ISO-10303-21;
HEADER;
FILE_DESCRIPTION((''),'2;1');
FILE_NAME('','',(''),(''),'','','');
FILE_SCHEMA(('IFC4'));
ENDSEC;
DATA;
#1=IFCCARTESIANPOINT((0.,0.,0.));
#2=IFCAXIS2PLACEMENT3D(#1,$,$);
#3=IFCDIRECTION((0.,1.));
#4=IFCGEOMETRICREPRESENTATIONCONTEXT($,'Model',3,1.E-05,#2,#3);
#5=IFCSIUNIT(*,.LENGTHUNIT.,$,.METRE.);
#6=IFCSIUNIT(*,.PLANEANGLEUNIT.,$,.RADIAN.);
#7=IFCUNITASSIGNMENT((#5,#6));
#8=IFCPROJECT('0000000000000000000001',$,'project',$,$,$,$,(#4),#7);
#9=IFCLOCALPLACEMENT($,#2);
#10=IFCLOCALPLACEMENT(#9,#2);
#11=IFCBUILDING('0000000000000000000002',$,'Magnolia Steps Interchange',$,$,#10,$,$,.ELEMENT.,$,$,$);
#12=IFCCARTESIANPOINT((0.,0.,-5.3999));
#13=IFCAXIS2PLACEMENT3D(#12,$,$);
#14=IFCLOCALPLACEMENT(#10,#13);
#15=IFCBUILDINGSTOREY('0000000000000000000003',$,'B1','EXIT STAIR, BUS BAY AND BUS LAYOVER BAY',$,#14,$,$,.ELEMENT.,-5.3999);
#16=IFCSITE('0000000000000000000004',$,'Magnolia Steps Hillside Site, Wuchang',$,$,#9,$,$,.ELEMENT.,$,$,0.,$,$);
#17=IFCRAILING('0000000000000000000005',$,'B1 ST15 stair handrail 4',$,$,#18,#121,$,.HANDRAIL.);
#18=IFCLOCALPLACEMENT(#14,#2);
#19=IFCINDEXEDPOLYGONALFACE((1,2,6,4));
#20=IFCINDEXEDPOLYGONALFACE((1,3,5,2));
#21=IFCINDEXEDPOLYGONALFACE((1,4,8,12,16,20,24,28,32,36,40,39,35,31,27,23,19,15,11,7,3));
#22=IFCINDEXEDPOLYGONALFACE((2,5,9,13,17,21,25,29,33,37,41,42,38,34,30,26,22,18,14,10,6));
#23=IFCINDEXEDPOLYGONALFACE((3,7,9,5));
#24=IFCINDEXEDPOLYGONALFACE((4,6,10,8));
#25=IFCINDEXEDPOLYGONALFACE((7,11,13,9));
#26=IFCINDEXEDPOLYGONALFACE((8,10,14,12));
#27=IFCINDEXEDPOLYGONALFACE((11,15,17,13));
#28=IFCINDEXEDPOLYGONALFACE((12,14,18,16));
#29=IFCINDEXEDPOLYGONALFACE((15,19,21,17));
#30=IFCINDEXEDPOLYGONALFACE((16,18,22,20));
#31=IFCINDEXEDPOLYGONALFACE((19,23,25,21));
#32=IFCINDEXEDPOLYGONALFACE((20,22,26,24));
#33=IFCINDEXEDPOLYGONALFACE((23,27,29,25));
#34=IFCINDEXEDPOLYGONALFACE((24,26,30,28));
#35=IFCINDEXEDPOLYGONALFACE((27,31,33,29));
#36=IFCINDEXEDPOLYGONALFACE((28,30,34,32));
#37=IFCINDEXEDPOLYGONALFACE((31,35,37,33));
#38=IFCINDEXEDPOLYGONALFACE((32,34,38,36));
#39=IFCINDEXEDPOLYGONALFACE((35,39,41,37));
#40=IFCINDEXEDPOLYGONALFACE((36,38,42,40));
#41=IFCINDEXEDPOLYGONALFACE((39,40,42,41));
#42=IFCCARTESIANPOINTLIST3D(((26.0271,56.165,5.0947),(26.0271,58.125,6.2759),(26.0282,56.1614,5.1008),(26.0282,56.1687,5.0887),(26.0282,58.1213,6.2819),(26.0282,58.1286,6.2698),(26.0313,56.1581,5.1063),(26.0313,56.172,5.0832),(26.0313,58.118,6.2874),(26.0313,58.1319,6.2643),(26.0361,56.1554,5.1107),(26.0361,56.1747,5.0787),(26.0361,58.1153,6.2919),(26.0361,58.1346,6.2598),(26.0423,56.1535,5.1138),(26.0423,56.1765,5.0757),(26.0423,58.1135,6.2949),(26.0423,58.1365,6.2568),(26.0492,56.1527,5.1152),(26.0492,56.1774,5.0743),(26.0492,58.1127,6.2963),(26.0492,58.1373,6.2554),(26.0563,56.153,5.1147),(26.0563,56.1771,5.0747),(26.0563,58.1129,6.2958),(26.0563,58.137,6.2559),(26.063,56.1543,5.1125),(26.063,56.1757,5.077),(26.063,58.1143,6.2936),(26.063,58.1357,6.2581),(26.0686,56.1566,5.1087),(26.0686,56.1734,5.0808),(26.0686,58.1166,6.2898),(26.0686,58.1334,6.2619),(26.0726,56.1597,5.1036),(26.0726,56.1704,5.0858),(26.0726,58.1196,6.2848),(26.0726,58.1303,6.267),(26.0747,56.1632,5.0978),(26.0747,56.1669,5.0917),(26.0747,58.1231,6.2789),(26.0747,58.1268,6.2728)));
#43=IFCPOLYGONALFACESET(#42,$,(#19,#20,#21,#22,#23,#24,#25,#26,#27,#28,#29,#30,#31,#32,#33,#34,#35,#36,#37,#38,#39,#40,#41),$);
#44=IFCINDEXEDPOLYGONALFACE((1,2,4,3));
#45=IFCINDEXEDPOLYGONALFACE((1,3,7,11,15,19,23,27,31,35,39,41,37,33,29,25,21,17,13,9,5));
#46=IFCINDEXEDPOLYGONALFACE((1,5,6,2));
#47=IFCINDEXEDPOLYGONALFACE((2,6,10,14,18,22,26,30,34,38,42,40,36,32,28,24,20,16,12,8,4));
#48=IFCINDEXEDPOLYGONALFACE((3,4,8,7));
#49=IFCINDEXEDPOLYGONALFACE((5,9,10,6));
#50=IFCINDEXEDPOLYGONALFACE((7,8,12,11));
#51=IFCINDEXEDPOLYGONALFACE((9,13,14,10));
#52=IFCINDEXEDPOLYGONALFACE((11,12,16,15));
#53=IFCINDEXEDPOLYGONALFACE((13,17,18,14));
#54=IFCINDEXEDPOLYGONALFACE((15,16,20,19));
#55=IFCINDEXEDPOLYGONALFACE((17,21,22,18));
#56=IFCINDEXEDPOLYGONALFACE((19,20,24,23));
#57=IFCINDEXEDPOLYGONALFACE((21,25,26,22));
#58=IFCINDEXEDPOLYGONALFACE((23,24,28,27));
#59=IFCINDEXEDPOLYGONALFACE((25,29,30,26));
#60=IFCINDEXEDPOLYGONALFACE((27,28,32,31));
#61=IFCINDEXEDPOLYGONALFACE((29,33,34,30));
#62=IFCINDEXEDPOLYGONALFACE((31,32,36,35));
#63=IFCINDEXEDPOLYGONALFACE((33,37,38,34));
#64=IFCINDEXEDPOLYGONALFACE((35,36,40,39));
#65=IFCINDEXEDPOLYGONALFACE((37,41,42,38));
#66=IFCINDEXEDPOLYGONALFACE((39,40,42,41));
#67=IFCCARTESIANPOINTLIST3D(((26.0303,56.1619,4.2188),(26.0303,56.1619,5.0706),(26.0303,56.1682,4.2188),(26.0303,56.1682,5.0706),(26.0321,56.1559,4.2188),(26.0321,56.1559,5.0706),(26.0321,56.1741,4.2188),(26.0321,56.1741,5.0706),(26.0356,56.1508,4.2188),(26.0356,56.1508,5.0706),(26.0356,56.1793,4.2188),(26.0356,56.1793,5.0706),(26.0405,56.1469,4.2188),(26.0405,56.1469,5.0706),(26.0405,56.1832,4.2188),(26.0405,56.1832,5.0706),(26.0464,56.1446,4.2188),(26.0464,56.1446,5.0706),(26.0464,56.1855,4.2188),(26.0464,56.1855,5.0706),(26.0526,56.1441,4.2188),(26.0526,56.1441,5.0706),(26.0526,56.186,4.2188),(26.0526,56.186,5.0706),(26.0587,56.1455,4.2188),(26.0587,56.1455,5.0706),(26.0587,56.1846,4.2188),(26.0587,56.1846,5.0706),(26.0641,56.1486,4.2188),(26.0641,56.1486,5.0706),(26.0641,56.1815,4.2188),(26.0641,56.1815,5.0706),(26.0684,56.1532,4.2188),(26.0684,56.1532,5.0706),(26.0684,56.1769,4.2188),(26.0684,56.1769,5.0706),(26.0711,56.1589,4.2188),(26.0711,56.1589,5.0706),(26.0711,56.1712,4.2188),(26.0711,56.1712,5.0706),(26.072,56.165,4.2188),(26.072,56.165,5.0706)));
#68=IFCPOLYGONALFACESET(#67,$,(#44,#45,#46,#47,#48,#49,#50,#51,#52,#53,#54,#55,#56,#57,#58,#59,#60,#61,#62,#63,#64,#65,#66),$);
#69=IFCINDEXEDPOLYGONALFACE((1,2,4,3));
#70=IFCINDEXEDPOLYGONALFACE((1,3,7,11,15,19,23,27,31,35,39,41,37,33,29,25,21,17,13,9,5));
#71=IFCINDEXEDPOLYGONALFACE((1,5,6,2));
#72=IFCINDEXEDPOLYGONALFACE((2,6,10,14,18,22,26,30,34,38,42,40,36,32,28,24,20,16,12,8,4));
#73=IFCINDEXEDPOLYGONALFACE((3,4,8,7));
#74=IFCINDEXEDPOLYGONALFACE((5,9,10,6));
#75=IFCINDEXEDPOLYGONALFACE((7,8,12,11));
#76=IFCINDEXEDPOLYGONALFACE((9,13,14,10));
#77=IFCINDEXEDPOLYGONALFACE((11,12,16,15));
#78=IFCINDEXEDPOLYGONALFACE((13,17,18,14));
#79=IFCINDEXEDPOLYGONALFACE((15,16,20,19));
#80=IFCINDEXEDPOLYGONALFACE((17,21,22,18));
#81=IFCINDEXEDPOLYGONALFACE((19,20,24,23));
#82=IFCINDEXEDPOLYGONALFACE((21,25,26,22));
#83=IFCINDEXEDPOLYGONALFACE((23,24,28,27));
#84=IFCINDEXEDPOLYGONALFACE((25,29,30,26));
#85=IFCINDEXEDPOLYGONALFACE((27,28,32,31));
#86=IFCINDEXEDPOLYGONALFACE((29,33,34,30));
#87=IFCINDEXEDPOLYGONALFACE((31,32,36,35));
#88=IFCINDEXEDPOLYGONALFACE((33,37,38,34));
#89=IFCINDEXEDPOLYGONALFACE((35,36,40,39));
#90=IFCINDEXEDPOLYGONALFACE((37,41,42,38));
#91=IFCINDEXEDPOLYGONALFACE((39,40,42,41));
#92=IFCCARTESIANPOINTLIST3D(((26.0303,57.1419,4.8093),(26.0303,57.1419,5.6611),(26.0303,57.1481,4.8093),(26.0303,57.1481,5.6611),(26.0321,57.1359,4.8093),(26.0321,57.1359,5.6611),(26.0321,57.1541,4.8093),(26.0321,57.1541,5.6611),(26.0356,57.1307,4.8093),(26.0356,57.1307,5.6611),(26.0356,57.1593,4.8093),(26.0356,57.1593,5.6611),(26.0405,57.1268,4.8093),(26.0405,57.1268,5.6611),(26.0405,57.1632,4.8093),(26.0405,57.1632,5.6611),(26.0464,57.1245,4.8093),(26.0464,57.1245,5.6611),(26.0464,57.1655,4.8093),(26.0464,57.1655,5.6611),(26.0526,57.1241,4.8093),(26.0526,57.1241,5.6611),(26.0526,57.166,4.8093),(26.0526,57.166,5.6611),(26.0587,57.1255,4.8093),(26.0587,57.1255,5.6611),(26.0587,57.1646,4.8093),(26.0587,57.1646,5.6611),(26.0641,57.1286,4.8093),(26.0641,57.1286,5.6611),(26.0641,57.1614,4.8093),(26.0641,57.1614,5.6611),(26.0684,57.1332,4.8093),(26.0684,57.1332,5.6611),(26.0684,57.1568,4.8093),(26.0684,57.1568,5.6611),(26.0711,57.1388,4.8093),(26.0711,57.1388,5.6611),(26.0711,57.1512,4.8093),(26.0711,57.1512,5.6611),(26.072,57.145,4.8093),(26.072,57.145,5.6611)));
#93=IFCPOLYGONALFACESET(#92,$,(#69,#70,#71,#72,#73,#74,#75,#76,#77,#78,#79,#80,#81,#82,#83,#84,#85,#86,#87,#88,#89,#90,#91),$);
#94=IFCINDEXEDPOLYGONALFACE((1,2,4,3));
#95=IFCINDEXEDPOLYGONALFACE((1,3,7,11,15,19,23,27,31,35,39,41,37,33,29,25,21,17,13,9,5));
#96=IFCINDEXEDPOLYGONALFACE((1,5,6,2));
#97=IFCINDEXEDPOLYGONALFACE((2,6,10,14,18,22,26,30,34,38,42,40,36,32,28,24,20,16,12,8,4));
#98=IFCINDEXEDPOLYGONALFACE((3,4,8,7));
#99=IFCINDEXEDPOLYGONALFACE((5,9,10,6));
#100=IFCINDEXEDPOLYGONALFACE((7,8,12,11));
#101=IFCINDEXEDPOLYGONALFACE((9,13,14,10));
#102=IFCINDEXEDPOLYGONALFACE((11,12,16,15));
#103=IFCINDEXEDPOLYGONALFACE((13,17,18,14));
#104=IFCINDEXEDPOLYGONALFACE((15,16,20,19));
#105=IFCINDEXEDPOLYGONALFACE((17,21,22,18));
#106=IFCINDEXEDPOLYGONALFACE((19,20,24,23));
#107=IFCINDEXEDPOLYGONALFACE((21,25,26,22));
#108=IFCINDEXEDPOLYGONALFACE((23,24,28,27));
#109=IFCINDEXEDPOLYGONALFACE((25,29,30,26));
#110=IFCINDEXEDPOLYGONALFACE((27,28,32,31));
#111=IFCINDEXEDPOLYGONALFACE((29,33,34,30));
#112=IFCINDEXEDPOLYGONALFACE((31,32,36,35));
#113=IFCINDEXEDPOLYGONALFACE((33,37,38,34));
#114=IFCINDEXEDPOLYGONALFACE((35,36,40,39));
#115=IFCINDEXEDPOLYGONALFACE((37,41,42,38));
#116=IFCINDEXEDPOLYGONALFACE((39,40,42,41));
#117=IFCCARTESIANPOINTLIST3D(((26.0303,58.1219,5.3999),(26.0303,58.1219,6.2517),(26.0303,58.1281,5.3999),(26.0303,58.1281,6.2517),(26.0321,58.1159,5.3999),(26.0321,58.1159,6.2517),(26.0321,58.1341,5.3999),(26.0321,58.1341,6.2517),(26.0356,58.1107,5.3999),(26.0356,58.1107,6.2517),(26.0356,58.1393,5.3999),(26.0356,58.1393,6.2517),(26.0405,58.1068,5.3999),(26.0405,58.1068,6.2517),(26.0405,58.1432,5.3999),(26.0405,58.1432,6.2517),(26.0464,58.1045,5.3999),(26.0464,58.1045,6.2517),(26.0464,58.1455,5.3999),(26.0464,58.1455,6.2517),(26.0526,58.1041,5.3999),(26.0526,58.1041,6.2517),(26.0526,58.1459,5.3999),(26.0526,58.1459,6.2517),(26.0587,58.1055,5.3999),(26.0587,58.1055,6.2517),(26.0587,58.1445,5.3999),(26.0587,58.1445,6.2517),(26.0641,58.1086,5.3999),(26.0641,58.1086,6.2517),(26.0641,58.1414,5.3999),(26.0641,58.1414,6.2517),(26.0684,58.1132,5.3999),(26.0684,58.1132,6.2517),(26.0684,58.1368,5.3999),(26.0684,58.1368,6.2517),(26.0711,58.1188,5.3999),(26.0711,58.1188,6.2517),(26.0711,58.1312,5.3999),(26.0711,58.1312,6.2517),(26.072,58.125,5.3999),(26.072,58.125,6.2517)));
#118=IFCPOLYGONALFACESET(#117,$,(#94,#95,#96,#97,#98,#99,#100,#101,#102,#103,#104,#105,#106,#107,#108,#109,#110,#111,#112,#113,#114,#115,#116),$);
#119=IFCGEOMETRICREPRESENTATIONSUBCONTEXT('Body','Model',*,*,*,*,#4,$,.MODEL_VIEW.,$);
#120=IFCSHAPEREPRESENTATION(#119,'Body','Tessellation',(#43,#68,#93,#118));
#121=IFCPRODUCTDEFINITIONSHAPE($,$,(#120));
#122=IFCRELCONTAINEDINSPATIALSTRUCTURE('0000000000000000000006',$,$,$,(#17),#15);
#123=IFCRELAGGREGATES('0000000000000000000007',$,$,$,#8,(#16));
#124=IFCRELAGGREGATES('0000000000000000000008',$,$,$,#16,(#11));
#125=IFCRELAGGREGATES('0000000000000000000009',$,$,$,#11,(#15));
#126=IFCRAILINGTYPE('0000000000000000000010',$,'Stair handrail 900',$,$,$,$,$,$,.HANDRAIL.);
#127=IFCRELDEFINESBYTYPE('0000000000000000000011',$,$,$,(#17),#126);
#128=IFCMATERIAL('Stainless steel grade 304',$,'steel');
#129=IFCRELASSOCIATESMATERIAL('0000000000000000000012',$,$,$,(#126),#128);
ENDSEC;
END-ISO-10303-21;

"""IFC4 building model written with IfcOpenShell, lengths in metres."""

from ifc_helpers import new_model, si_unit, direction, frame, origin, origin_2d, place, context, subcontext, project, spatial, circle, extrude, material, type_object, element, save


model = new_model("IFC4")

# Units and contexts
model_context = context("Model", 3, precision=1e-05, world=origin(), true_north=direction((0.0, 1.0)))
body_context = subcontext(model_context, "Body", "Model", "MODEL_VIEW")
ifc_project = project(units=[si_unit("LENGTHUNIT", "METRE"), si_unit("PLANEANGLEUNIT", "RADIAN")], contexts=[model_context])

# Site, building, storey
site_placement = place(None, origin())
site = spatial("IfcSite", under=ifc_project, at=site_placement, Name="Magnolia Steps Hillside Site, Wuchang", CompositionType="ELEMENT", RefElevation=0.0)
building_placement = place(site_placement, origin())
building = spatial("IfcBuilding", under=site, at=building_placement, Name="Magnolia Steps Interchange", CompositionType="ELEMENT")
storey_placement = place(building_placement, frame((0.0, 0.0, -5.3999)))
storey = spatial("IfcBuildingStorey", under=building, at=storey_placement, Name="B1", Description="EXIT STAIR, BUS BAY AND BUS LAYOVER BAY", CompositionType="ELEMENT", Elevation=-5.3999)

# Railing
ifc_material_1 = material(Name="Stainless steel grade 304", Category="steel")
railing_type_1 = type_object("IfcRailingType", Name="Stair handrail 900", PredefinedType="HANDRAIL", material=ifc_material_1)
railing_1_placement = place(storey_placement, frame((26.051, 56.165, 4.2188)))
element("IfcRailing", 1, at=railing_1_placement, inside=storey, type_object=railing_type_1, Name="B1 ST15 stair handrail 4", PredefinedType="HANDRAIL", context=body_context, shape_type="SweptSolid", body=[
    extrude(circle(Radius=0.0239, at=origin_2d()), frame((0.0, 0.0, 0.876), z_axis=(0.0, 0.856493, 0.516158), x_axis=(-1.0, 0.0, 0.0)), (0.0, 0.0, 1.0), 2.2883),
    extrude(circle(Radius=0.021, at=origin_2d()), origin(), (0.0, 0.0, 1.0), 0.8518),
    extrude(circle(Radius=0.021, at=origin_2d()), frame((0.0, 0.98, 0.5906)), (0.0, 0.0, 1.0), 0.8518),
    extrude(circle(Radius=0.021, at=origin_2d()), frame((0.0, 1.96, 1.1812)), (0.0, 0.0, 1.0), 0.8518),
])

save(model, "model.ifc")
